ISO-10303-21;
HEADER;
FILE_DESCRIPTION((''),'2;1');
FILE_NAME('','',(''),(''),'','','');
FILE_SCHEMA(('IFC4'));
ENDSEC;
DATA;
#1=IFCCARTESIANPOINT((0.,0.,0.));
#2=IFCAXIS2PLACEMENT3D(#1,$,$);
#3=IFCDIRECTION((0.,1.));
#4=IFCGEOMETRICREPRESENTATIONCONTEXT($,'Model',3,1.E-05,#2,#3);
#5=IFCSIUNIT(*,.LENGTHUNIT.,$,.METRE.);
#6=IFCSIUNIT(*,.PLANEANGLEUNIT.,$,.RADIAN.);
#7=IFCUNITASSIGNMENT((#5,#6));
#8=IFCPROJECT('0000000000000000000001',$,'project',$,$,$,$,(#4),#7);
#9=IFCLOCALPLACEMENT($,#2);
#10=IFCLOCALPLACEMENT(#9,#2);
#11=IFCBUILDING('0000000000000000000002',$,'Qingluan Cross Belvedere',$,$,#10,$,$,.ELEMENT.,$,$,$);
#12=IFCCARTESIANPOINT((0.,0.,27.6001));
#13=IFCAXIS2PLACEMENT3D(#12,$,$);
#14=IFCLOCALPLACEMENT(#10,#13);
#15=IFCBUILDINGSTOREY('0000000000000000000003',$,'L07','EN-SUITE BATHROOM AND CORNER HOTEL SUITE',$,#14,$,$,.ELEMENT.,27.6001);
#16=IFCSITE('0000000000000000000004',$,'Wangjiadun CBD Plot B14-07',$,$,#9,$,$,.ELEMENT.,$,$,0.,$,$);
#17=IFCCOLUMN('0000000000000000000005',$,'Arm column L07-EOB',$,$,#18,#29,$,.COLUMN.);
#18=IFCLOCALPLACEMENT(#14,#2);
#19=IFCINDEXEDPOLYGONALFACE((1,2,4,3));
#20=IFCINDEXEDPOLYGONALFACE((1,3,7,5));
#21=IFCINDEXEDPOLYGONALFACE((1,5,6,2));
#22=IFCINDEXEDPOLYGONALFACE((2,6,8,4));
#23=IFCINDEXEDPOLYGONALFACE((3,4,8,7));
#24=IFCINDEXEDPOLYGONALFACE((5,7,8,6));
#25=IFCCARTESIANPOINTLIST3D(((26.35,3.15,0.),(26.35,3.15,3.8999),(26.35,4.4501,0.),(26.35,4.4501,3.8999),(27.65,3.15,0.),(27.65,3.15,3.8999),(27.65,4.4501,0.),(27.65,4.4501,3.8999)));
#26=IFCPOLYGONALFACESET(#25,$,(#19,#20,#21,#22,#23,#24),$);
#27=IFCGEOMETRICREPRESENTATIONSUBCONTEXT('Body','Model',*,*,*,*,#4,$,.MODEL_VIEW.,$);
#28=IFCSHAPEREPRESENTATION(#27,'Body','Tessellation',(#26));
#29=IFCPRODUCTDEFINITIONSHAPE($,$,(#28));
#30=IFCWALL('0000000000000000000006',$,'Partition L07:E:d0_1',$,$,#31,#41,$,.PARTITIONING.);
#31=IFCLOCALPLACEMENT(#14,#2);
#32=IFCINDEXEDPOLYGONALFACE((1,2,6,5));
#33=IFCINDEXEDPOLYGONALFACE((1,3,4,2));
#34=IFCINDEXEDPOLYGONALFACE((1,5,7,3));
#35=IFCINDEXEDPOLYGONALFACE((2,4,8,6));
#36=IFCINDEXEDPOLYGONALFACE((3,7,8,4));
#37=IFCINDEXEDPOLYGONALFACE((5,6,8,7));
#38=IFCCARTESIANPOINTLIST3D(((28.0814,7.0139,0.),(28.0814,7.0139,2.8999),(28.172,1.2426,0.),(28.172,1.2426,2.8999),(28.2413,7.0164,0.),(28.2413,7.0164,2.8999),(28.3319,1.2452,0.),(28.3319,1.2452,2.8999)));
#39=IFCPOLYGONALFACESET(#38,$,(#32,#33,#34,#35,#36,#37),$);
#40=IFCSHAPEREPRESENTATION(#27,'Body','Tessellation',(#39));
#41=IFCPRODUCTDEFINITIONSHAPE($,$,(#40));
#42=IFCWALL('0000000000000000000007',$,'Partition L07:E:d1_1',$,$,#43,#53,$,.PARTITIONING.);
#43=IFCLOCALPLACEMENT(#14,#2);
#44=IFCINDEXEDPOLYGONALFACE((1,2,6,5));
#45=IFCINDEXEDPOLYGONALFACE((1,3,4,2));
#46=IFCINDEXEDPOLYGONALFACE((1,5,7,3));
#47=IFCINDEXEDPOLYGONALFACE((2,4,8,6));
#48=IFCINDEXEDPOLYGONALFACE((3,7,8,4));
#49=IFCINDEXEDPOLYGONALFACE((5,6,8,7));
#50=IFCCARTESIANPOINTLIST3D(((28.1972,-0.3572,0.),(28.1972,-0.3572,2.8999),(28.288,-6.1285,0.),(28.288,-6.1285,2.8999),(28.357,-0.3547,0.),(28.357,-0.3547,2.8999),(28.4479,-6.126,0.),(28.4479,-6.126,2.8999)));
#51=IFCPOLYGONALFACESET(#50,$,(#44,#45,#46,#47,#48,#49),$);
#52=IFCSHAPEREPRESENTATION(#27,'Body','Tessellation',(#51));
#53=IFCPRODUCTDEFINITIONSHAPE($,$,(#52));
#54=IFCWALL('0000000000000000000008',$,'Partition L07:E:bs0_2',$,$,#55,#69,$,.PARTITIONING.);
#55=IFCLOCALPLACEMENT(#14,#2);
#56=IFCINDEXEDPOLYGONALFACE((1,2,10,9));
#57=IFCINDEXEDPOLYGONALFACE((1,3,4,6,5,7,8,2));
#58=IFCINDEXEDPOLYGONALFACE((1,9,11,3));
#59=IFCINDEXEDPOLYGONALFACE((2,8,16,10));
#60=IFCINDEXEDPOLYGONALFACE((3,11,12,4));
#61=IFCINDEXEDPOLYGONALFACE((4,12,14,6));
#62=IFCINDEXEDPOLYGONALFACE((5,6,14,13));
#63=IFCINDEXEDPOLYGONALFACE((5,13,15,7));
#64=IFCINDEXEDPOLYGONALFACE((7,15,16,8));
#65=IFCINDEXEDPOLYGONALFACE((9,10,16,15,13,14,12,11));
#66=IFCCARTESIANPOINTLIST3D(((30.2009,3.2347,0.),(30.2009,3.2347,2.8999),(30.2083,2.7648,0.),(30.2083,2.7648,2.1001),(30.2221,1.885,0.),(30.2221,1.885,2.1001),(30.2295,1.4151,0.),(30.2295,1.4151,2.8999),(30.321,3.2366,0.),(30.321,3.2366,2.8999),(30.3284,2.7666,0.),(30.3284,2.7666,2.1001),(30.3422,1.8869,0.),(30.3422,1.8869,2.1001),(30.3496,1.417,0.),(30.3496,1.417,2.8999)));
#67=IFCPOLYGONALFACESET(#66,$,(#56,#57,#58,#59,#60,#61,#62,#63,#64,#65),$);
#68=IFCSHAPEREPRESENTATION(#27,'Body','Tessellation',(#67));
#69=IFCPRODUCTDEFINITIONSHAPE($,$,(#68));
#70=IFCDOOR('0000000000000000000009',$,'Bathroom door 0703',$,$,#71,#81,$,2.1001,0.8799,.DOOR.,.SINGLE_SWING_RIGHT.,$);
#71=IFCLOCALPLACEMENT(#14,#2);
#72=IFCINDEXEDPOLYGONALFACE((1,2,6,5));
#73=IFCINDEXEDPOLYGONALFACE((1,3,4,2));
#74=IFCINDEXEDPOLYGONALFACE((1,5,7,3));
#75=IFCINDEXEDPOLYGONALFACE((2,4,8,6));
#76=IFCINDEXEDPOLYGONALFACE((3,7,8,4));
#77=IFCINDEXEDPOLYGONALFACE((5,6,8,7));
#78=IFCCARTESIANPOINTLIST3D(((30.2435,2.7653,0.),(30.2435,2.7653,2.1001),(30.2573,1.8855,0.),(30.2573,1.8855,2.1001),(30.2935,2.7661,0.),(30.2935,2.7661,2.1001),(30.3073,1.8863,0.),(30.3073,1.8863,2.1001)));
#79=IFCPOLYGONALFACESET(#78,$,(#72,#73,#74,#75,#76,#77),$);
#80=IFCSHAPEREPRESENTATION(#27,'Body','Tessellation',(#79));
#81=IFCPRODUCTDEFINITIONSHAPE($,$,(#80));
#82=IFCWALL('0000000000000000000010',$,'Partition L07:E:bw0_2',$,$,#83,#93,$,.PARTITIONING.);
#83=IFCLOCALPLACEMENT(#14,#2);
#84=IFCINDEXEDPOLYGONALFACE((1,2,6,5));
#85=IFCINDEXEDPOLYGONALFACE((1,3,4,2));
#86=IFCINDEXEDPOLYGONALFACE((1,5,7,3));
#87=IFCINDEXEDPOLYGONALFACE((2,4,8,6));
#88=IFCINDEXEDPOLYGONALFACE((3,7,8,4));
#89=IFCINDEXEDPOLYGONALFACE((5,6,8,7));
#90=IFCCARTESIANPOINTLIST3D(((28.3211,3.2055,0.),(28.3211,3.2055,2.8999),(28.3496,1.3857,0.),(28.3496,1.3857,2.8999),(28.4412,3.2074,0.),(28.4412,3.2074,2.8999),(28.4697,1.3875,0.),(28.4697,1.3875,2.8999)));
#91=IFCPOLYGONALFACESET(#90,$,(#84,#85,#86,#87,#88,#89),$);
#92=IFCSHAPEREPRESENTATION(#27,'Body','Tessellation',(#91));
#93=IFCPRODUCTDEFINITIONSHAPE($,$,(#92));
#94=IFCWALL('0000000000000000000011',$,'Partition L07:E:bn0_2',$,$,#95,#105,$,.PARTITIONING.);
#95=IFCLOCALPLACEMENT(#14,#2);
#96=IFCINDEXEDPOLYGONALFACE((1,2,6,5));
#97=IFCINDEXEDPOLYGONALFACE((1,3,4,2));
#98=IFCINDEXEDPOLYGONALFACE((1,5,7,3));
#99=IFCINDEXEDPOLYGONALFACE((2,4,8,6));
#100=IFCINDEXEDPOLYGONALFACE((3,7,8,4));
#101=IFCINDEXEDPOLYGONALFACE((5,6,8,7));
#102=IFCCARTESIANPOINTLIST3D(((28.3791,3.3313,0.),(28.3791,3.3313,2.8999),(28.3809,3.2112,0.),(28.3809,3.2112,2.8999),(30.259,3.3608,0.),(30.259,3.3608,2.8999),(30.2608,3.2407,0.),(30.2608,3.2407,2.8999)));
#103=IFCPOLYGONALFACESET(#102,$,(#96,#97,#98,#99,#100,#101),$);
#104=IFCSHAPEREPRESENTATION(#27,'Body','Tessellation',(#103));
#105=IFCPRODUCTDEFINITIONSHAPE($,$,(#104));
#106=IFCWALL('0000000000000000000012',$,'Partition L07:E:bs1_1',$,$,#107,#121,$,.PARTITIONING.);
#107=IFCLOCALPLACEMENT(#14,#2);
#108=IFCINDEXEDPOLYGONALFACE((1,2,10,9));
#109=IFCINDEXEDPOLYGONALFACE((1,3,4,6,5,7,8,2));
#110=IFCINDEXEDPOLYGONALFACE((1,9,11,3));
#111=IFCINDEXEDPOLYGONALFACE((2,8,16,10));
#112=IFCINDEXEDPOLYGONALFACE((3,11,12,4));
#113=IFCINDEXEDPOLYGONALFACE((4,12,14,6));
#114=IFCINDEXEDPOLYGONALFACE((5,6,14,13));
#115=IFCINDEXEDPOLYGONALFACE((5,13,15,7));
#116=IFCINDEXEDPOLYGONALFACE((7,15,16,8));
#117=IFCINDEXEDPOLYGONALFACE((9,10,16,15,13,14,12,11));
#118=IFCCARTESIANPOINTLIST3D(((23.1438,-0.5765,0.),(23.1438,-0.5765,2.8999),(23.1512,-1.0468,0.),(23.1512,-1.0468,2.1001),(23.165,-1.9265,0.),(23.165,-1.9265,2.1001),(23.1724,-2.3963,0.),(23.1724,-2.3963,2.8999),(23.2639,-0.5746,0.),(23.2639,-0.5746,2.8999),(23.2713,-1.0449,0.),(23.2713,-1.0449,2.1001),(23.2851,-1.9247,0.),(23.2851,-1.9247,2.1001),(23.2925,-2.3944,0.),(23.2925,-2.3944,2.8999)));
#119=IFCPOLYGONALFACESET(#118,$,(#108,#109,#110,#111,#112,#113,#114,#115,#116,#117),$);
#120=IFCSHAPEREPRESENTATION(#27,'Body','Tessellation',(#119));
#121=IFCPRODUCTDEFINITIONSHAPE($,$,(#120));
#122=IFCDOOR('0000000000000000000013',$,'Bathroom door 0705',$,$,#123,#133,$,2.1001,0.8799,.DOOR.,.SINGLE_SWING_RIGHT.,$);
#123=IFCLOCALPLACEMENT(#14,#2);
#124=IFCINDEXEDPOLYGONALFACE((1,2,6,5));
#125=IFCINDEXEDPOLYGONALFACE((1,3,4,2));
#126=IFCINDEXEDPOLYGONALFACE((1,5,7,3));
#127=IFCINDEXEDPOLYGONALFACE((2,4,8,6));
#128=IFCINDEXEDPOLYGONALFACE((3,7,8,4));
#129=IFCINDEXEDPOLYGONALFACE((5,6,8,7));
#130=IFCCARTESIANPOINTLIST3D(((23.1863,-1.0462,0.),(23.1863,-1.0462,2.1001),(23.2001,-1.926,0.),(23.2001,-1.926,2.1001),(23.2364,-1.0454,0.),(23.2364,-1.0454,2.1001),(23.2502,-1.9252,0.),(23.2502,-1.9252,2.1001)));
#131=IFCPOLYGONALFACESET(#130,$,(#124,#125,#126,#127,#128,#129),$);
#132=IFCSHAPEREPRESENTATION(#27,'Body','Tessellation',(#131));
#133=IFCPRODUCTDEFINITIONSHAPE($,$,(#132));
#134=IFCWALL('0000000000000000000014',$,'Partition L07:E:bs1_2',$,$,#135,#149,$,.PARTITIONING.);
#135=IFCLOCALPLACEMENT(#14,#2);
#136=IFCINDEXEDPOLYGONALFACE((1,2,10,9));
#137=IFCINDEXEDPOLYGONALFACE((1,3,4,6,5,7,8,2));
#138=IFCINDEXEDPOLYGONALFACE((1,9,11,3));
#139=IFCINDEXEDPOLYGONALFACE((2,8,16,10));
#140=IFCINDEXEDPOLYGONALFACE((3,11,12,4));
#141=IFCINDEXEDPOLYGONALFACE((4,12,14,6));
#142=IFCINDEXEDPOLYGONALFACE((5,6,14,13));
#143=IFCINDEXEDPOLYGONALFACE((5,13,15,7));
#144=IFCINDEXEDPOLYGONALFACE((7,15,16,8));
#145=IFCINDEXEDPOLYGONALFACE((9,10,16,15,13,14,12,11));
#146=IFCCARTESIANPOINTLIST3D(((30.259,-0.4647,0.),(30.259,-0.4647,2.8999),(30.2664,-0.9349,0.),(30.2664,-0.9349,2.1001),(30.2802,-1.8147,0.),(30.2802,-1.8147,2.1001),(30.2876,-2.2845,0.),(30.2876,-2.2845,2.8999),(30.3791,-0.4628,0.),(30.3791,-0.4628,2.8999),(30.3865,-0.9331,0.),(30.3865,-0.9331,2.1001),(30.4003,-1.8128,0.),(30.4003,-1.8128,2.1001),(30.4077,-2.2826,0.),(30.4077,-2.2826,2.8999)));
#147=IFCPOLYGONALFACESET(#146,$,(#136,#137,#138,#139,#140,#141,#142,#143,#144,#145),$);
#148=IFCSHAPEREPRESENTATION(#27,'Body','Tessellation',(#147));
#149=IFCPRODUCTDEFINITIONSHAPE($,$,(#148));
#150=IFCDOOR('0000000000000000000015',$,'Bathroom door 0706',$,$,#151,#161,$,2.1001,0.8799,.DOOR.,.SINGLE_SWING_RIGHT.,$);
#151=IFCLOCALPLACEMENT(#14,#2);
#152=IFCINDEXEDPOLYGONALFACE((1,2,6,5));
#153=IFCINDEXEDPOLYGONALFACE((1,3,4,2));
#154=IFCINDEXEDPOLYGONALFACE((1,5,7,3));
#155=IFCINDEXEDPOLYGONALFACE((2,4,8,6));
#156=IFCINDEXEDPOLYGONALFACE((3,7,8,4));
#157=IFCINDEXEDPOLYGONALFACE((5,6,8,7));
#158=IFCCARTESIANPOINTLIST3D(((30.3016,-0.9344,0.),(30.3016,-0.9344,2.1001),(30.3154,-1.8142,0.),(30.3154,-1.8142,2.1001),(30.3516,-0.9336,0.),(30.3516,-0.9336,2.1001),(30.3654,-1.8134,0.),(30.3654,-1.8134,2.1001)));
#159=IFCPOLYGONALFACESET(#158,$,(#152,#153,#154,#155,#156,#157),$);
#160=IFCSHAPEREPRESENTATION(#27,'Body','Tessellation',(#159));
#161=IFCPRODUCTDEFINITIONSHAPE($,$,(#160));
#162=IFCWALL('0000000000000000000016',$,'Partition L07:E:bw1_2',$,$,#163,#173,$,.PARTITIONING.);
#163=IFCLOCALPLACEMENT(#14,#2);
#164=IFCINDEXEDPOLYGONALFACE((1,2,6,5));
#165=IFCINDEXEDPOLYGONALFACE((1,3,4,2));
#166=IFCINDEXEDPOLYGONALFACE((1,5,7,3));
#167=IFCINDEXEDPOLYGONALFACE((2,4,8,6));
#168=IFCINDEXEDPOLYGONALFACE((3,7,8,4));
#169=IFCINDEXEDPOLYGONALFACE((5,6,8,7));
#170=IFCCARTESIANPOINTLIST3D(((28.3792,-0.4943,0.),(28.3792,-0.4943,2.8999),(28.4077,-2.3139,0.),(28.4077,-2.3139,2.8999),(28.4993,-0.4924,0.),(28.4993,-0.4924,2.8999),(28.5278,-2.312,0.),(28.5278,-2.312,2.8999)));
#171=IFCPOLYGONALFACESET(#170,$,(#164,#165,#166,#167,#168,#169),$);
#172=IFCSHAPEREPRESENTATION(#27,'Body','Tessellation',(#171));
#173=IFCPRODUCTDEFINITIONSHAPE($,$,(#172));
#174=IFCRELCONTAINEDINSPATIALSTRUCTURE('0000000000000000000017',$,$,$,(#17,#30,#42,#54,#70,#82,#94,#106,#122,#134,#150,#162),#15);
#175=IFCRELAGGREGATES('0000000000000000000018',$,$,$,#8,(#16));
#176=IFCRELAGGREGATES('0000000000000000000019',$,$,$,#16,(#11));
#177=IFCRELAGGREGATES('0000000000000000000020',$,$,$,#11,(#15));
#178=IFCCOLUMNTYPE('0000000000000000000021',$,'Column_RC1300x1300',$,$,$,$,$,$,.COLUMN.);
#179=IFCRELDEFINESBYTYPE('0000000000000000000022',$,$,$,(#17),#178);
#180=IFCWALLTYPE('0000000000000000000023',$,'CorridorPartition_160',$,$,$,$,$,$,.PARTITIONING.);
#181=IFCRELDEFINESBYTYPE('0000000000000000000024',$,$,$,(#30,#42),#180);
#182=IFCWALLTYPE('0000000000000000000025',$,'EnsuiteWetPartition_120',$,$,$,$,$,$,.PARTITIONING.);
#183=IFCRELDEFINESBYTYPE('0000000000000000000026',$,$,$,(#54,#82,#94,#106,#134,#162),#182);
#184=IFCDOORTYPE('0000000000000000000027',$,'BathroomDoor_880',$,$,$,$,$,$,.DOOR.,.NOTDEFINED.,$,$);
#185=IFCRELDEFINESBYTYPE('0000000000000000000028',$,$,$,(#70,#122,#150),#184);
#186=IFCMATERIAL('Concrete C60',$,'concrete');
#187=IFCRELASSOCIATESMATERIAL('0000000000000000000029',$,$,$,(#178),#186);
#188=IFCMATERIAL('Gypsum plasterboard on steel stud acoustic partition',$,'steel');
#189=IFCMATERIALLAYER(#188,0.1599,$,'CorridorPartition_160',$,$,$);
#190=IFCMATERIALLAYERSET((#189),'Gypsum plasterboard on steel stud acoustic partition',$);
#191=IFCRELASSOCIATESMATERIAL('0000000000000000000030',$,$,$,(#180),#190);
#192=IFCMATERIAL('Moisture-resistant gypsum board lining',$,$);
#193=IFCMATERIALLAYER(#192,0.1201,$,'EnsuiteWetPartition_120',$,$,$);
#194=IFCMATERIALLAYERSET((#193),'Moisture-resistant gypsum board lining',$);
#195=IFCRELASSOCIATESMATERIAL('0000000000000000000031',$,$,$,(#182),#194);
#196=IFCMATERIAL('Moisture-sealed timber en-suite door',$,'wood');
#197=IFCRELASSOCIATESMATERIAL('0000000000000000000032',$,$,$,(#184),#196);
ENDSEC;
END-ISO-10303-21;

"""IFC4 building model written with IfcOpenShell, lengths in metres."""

from ifc_helpers import new_model, si_unit, direction, frame, frame_2d, origin, origin_2d, place, context, subcontext, project, spatial, rectangle, extrude, material, layer, layer_set, material_profile, profile_set, type_object, element, fill, save


model = new_model("IFC4")

# Units and contexts
model_context = context("Model", 3, precision=1e-05, world=origin(), true_north=direction((0.0, 1.0)))
body_context = subcontext(model_context, "Body", "Model", "MODEL_VIEW")
ifc_project = project(units=[si_unit("LENGTHUNIT", "METRE"), si_unit("PLANEANGLEUNIT", "RADIAN")], contexts=[model_context])

# Site, building, storey
site_placement = place(None, origin())
site = spatial("IfcSite", under=ifc_project, at=site_placement, Name="Wangjiadun CBD Plot B14-07", CompositionType="ELEMENT", RefElevation=0.0)
building_placement = place(site_placement, origin())
building = spatial("IfcBuilding", under=site, at=building_placement, Name="Qingluan Cross Belvedere", CompositionType="ELEMENT")
storey_placement = place(building_placement, frame((0.0, 0.0, 27.6001)))
storey = spatial("IfcBuildingStorey", under=building, at=storey_placement, Name="L07", Description="EN-SUITE BATHROOM AND CORNER HOTEL SUITE", CompositionType="ELEMENT", Elevation=27.6001)

# Column
ifc_material_1 = material(Name="Concrete C60", Category="concrete")
ifc_material_profile = material_profile(ifc_material_1, rectangle(XDim=1.3, YDim=1.3, at=origin_2d()), Name="RC1300x1300")
ifc_profile_set = profile_set([ifc_material_profile], Name="Concrete C60")
column_type = type_object("IfcColumnType", Name="Column_RC1300x1300", PredefinedType="COLUMN", material=ifc_profile_set)
column_placement = place(storey_placement, frame((27.0, 3.8, 0.0), z_axis=(0.0, 0.0, 1.0), x_axis=(1.0, 0.0, 0.0)))
element("IfcColumn", 1, at=column_placement, inside=storey, type_object=column_type, Name="Arm column L07-EOB", PredefinedType="COLUMN", context=body_context, shape_type="SweptSolid", body=[
    extrude(rectangle(XDim=1.3, YDim=1.3, at=origin_2d()), origin(), (0.0, 0.0, 1.0), 3.8999),
])

# Walls
ifc_material_2 = material(Name="Gypsum plasterboard on steel stud acoustic partition", Category="steel")
ifc_layer_1 = layer(ifc_material_2, 0.1599, Name="CorridorPartition_160")
ifc_layer_set_1 = layer_set([ifc_layer_1], Name="Gypsum plasterboard on steel stud acoustic partition")
wall_type_1 = type_object("IfcWallType", Name="CorridorPartition_160", PredefinedType="PARTITIONING", material=ifc_layer_set_1)
for number, where, z_axis, x_axis, name in (
    (2, (28.252, 1.2439, 0.0), (0.0, 0.0, 1.0), (-0.015692, 0.999877, 0.0), "Partition L07:E:d0_1"),
    (3, (28.2771, -0.356, 0.0), (0.0, 0.0, 1.0), (0.015735, -0.999876, 0.0), "Partition L07:E:d1_1"),
):
    element("IfcWall", number, at=place(storey_placement, frame(where, z_axis=z_axis, x_axis=x_axis)), inside=storey, type_object=wall_type_1, Name=name, PredefinedType="PARTITIONING", context=body_context, shape_type="SweptSolid", body=[
        extrude(rectangle(XDim=5.772, YDim=0.1599, at=frame_2d((2.886, 0.0))), origin(), (0.0, 0.0, 1.0), 2.8999),
    ])

# Wall, opening, door
ifc_material_3 = material(Name="Moisture-resistant gypsum board lining")
ifc_layer_2 = layer(ifc_material_3, 0.1201, Name="EnsuiteWetPartition_120")
ifc_layer_set_2 = layer_set([ifc_layer_2], Name="Moisture-resistant gypsum board lining")
wall_type_2 = type_object("IfcWallType", Name="EnsuiteWetPartition_120", PredefinedType="PARTITIONING", material=ifc_layer_set_2)
wall_1_placement = place(storey_placement, frame((30.2896, 1.416, 0.0), z_axis=(0.0, 0.0, 1.0), x_axis=(-0.015696, 0.999877, 0.0)))
wall_1 = element("IfcWall", 4, at=wall_1_placement, inside=storey, type_object=wall_type_2, Name="Partition L07:E:bs0_2", PredefinedType="PARTITIONING", context=body_context, shape_type="SweptSolid", body=[
    extrude(rectangle(XDim=1.8198, YDim=0.1201, at=frame_2d((0.9099, 0.0))), origin(), (0.0, 0.0, 1.0), 2.8999),
])
opening_1_placement = place(wall_1_placement, frame((0.47, 0.0, 0.0)))
opening_1 = element("IfcOpeningElement", 5, at=opening_1_placement, cuts=wall_1, PredefinedType="OPENING", context=body_context, shape_type="SweptSolid", body=[
    extrude(rectangle(XDim=0.8799, YDim=2.1001, at=frame_2d((0.4399, 1.05))), frame((0.0, 0.0701, 0.0), z_axis=(0.0, -1.0, 0.0), x_axis=(1.0, 0.0, 0.0)), (0.0, 0.0, 1.0), 0.1401),
])
ifc_material_4 = material(Name="Moisture-sealed timber en-suite door", Category="wood")
door_type_1 = type_object("IfcDoorType", Name="BathroomDoor_880", OperationType="NOTDEFINED", PredefinedType="DOOR", material=ifc_material_4)
door_1_placement = place(opening_1_placement, origin())
door_1 = element("IfcDoor", 6, at=door_1_placement, inside=storey, type_object=door_type_1, Name="Bathroom door 0703", OperationType="SINGLE_SWING_RIGHT", OverallHeight=2.1001, OverallWidth=0.8799, PredefinedType="DOOR", context=body_context, shape_type="SweptSolid", body=[
    extrude(rectangle(XDim=0.8799, YDim=2.1001, at=frame_2d((0.4399, 1.05))), frame((0.0, 0.0249, 0.0), z_axis=(0.0, -1.0, 0.0), x_axis=(1.0, 0.0, 0.0)), (0.0, 0.0, 1.0), 0.05),
])
fill(opening_1, door_1)

# Walls
wall_2_placement = place(storey_placement, frame((28.4097, 1.3865, 0.0), z_axis=(0.0, 0.0, 1.0), x_axis=(-0.015694, 0.999877, 0.0)))
element("IfcWall", 7, at=wall_2_placement, inside=storey, type_object=wall_type_2, Name="Partition L07:E:bw0_2", PredefinedType="PARTITIONING", context=body_context, shape_type="SweptSolid", body=[
    extrude(rectangle(XDim=1.8201, YDim=0.1201, at=frame_2d((0.9102, 0.0))), origin(), (0.0, 0.0, 1.0), 2.8999),
])
wall_3_placement = place(storey_placement, frame((28.3801, 3.2712, 0.0), z_axis=(0.0, 0.0, 1.0), x_axis=(0.999877, 0.015712, 0.0)))
element("IfcWall", 8, at=wall_3_placement, inside=storey, type_object=wall_type_2, Name="Partition L07:E:bn0_2", PredefinedType="PARTITIONING", context=body_context, shape_type="SweptSolid", body=[
    extrude(rectangle(XDim=1.8801, YDim=0.1201, at=frame_2d((0.9399, 0.0))), origin(), (0.0, 0.0, 1.0), 2.8999),
])

# Walls, openings, doors
wall_4_placement = place(storey_placement, frame((23.2324, -2.3955, 0.0), z_axis=(0.0, 0.0, 1.0), x_axis=(-0.015694, 0.999877, 0.0)))
wall_4 = element("IfcWall", 9, at=wall_4_placement, inside=storey, type_object=wall_type_2, Name="Partition L07:E:bs1_1", PredefinedType="PARTITIONING", context=body_context, shape_type="SweptSolid", body=[
    extrude(rectangle(XDim=1.8201, YDim=0.1201, at=frame_2d((0.9102, 0.0))), origin(), (0.0, 0.0, 1.0), 2.8999),
])
opening_2_placement = place(wall_4_placement, frame((0.47, 0.0, 0.0)))
opening_2 = element("IfcOpeningElement", 10, at=opening_2_placement, cuts=wall_4, PredefinedType="OPENING", context=body_context, shape_type="SweptSolid", body=[
    extrude(rectangle(XDim=0.8799, YDim=2.1001, at=frame_2d((0.4399, 1.05))), frame((0.0, 0.0701, 0.0), z_axis=(0.0, -1.0, 0.0), x_axis=(1.0, 0.0, 0.0)), (0.0, 0.0, 1.0), 0.1401),
])
door_2_placement = place(opening_2_placement, origin())
door_2 = element("IfcDoor", 11, at=door_2_placement, inside=storey, type_object=door_type_1, Name="Bathroom door 0705", OperationType="SINGLE_SWING_RIGHT", OverallHeight=2.1001, OverallWidth=0.8799, PredefinedType="DOOR", context=body_context, shape_type="SweptSolid", body=[
    extrude(rectangle(XDim=0.8799, YDim=2.1001, at=frame_2d((0.4399, 1.05))), frame((0.0, 0.0249, 0.0), z_axis=(0.0, -1.0, 0.0), x_axis=(1.0, 0.0, 0.0)), (0.0, 0.0, 1.0), 0.05),
])
fill(opening_2, door_2)
wall_5_placement = place(storey_placement, frame((30.3477, -2.2837, 0.0), z_axis=(0.0, 0.0, 1.0), x_axis=(-0.015694, 0.999877, 0.0)))
wall_5 = element("IfcWall", 12, at=wall_5_placement, inside=storey, type_object=wall_type_2, Name="Partition L07:E:bs1_2", PredefinedType="PARTITIONING", context=body_context, shape_type="SweptSolid", body=[
    extrude(rectangle(XDim=1.8201, YDim=0.1201, at=frame_2d((0.9102, 0.0))), origin(), (0.0, 0.0, 1.0), 2.8999),
])
opening_3_placement = place(wall_5_placement, frame((0.47, 0.0, 0.0)))
opening_3 = element("IfcOpeningElement", 13, at=opening_3_placement, cuts=wall_5, PredefinedType="OPENING", context=body_context, shape_type="SweptSolid", body=[
    extrude(rectangle(XDim=0.8799, YDim=2.1001, at=frame_2d((0.4399, 1.05))), frame((0.0, 0.0701, 0.0), z_axis=(0.0, -1.0, 0.0), x_axis=(1.0, 0.0, 0.0)), (0.0, 0.0, 1.0), 0.1401),
])
door_3_placement = place(opening_3_placement, origin())
door_3 = element("IfcDoor", 14, at=door_3_placement, inside=storey, type_object=door_type_1, Name="Bathroom door 0706", OperationType="SINGLE_SWING_RIGHT", OverallHeight=2.1001, OverallWidth=0.8799, PredefinedType="DOOR", context=body_context, shape_type="SweptSolid", body=[
    extrude(rectangle(XDim=0.8799, YDim=2.1001, at=frame_2d((0.4399, 1.05))), frame((0.0, 0.0249, 0.0), z_axis=(0.0, -1.0, 0.0), x_axis=(1.0, 0.0, 0.0)), (0.0, 0.0, 1.0), 0.05),
])
fill(opening_3, door_3)

# Wall
wall_6_placement = place(storey_placement, frame((28.4678, -2.313, 0.0), z_axis=(0.0, 0.0, 1.0), x_axis=(-0.015696, 0.999877, 0.0)))
element("IfcWall", 15, at=wall_6_placement, inside=storey, type_object=wall_type_2, Name="Partition L07:E:bw1_2", PredefinedType="PARTITIONING", context=body_context, shape_type="SweptSolid", body=[
    extrude(rectangle(XDim=1.8198, YDim=0.1201, at=frame_2d((0.9099, 0.0))), origin(), (0.0, 0.0, 1.0), 2.8999),
])

save(model, "model.ifc")
